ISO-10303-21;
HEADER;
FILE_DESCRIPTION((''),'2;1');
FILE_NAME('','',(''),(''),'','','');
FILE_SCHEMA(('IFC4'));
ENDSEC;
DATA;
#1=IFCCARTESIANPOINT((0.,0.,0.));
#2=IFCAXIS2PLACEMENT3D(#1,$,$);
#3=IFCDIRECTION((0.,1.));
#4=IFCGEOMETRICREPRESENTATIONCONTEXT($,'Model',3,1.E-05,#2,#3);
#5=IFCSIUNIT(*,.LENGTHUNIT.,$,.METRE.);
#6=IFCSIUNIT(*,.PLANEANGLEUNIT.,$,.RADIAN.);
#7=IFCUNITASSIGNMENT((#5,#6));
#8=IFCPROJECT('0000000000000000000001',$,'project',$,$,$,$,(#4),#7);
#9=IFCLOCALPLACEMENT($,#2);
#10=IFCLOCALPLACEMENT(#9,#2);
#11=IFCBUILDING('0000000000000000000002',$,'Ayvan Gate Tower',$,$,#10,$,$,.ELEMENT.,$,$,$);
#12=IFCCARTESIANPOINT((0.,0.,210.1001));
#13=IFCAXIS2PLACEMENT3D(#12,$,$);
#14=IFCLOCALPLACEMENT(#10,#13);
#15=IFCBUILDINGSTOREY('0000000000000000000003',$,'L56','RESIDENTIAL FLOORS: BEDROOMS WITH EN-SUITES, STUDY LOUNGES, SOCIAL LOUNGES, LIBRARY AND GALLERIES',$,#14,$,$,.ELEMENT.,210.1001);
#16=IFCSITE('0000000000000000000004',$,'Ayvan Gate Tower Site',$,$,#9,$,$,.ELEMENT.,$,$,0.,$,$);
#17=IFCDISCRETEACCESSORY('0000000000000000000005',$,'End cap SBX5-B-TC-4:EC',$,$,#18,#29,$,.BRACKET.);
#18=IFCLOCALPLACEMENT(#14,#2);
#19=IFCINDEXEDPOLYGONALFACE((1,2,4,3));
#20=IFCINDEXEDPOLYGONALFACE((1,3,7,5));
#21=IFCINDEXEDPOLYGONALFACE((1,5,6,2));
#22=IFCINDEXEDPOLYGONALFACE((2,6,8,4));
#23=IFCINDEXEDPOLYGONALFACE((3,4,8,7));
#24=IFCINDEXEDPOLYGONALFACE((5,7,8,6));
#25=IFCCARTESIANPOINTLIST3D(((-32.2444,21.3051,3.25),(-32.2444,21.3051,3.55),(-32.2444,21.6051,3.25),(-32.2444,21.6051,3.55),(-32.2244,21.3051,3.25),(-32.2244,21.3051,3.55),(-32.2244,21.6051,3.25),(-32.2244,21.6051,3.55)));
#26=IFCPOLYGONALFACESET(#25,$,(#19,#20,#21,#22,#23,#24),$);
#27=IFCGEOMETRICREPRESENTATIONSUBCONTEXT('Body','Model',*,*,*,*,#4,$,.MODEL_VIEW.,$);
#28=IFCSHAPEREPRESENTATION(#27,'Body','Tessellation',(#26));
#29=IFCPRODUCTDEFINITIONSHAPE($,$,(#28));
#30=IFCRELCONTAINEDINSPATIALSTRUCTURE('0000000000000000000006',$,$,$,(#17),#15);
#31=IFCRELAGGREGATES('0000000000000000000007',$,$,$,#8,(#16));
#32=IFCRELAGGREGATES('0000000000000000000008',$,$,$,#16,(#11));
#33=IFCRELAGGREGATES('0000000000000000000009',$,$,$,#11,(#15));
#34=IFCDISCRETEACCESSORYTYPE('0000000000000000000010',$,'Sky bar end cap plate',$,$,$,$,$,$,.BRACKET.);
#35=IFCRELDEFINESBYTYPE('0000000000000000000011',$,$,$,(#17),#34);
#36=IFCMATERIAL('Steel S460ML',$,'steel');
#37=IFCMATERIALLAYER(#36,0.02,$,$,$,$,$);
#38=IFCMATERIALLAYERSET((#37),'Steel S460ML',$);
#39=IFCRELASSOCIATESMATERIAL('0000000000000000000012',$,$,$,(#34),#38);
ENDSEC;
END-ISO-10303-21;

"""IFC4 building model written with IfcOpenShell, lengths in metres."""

from ifc_helpers import new_model, si_unit, direction, frame, origin, origin_2d, place, context, subcontext, project, spatial, rectangle, extrude, material, layer, layer_set, type_object, element, save


model = new_model("IFC4")

# Units and contexts
model_context = context("Model", 3, precision=1e-05, world=origin(), true_north=direction((0.0, 1.0)))
body_context = subcontext(model_context, "Body", "Model", "MODEL_VIEW")
ifc_project = project(units=[si_unit("LENGTHUNIT", "METRE"), si_unit("PLANEANGLEUNIT", "RADIAN")], contexts=[model_context])

# Site, building, storey
site_placement = place(None, origin())
site = spatial("IfcSite", under=ifc_project, at=site_placement, Name="Ayvan Gate Tower Site", CompositionType="ELEMENT", RefElevation=0.0)
building_placement = place(site_placement, origin())
building = spatial("IfcBuilding", under=site, at=building_placement, Name="Ayvan Gate Tower", CompositionType="ELEMENT")
storey_placement = place(building_placement, frame((0.0, 0.0, 210.1001)))
storey = spatial("IfcBuildingStorey", under=building, at=storey_placement, Name="L56", Description="RESIDENTIAL FLOORS: BEDROOMS WITH EN-SUITES, STUDY LOUNGES, SOCIAL LOUNGES, LIBRARY AND GALLERIES", CompositionType="ELEMENT", Elevation=210.1001)

# Shared definitions
ifc_material_1 = material(Name="Steel S460ML", Category="steel")

# Discrete accessory
ifc_layer_1 = layer(ifc_material_1, 0.02)
ifc_layer_set_1 = layer_set([ifc_layer_1], Name="Steel S460ML")
discrete_accessory_type_1 = type_object("IfcDiscreteAccessoryType", Name="Sky bar end cap plate", PredefinedType="BRACKET", material=ifc_layer_set_1)
discrete_accessory_1_placement = place(storey_placement, frame((-32.2344, 21.4551, 3.25), z_axis=(0.0, 0.0, 1.0), x_axis=(-1.0, 0.0, 0.0)))
element("IfcDiscreteAccessory", 1, at=discrete_accessory_1_placement, inside=storey, type_object=discrete_accessory_type_1, Name="End cap SBX5-B-TC-4:EC", PredefinedType="BRACKET", context=body_context, shape_type="SweptSolid", body=[
    extrude(rectangle(XDim=0.02, YDim=0.3, at=origin_2d()), origin(), (0.0, 0.0, 1.0), 0.3),
])

save(model, "model.ifc")
